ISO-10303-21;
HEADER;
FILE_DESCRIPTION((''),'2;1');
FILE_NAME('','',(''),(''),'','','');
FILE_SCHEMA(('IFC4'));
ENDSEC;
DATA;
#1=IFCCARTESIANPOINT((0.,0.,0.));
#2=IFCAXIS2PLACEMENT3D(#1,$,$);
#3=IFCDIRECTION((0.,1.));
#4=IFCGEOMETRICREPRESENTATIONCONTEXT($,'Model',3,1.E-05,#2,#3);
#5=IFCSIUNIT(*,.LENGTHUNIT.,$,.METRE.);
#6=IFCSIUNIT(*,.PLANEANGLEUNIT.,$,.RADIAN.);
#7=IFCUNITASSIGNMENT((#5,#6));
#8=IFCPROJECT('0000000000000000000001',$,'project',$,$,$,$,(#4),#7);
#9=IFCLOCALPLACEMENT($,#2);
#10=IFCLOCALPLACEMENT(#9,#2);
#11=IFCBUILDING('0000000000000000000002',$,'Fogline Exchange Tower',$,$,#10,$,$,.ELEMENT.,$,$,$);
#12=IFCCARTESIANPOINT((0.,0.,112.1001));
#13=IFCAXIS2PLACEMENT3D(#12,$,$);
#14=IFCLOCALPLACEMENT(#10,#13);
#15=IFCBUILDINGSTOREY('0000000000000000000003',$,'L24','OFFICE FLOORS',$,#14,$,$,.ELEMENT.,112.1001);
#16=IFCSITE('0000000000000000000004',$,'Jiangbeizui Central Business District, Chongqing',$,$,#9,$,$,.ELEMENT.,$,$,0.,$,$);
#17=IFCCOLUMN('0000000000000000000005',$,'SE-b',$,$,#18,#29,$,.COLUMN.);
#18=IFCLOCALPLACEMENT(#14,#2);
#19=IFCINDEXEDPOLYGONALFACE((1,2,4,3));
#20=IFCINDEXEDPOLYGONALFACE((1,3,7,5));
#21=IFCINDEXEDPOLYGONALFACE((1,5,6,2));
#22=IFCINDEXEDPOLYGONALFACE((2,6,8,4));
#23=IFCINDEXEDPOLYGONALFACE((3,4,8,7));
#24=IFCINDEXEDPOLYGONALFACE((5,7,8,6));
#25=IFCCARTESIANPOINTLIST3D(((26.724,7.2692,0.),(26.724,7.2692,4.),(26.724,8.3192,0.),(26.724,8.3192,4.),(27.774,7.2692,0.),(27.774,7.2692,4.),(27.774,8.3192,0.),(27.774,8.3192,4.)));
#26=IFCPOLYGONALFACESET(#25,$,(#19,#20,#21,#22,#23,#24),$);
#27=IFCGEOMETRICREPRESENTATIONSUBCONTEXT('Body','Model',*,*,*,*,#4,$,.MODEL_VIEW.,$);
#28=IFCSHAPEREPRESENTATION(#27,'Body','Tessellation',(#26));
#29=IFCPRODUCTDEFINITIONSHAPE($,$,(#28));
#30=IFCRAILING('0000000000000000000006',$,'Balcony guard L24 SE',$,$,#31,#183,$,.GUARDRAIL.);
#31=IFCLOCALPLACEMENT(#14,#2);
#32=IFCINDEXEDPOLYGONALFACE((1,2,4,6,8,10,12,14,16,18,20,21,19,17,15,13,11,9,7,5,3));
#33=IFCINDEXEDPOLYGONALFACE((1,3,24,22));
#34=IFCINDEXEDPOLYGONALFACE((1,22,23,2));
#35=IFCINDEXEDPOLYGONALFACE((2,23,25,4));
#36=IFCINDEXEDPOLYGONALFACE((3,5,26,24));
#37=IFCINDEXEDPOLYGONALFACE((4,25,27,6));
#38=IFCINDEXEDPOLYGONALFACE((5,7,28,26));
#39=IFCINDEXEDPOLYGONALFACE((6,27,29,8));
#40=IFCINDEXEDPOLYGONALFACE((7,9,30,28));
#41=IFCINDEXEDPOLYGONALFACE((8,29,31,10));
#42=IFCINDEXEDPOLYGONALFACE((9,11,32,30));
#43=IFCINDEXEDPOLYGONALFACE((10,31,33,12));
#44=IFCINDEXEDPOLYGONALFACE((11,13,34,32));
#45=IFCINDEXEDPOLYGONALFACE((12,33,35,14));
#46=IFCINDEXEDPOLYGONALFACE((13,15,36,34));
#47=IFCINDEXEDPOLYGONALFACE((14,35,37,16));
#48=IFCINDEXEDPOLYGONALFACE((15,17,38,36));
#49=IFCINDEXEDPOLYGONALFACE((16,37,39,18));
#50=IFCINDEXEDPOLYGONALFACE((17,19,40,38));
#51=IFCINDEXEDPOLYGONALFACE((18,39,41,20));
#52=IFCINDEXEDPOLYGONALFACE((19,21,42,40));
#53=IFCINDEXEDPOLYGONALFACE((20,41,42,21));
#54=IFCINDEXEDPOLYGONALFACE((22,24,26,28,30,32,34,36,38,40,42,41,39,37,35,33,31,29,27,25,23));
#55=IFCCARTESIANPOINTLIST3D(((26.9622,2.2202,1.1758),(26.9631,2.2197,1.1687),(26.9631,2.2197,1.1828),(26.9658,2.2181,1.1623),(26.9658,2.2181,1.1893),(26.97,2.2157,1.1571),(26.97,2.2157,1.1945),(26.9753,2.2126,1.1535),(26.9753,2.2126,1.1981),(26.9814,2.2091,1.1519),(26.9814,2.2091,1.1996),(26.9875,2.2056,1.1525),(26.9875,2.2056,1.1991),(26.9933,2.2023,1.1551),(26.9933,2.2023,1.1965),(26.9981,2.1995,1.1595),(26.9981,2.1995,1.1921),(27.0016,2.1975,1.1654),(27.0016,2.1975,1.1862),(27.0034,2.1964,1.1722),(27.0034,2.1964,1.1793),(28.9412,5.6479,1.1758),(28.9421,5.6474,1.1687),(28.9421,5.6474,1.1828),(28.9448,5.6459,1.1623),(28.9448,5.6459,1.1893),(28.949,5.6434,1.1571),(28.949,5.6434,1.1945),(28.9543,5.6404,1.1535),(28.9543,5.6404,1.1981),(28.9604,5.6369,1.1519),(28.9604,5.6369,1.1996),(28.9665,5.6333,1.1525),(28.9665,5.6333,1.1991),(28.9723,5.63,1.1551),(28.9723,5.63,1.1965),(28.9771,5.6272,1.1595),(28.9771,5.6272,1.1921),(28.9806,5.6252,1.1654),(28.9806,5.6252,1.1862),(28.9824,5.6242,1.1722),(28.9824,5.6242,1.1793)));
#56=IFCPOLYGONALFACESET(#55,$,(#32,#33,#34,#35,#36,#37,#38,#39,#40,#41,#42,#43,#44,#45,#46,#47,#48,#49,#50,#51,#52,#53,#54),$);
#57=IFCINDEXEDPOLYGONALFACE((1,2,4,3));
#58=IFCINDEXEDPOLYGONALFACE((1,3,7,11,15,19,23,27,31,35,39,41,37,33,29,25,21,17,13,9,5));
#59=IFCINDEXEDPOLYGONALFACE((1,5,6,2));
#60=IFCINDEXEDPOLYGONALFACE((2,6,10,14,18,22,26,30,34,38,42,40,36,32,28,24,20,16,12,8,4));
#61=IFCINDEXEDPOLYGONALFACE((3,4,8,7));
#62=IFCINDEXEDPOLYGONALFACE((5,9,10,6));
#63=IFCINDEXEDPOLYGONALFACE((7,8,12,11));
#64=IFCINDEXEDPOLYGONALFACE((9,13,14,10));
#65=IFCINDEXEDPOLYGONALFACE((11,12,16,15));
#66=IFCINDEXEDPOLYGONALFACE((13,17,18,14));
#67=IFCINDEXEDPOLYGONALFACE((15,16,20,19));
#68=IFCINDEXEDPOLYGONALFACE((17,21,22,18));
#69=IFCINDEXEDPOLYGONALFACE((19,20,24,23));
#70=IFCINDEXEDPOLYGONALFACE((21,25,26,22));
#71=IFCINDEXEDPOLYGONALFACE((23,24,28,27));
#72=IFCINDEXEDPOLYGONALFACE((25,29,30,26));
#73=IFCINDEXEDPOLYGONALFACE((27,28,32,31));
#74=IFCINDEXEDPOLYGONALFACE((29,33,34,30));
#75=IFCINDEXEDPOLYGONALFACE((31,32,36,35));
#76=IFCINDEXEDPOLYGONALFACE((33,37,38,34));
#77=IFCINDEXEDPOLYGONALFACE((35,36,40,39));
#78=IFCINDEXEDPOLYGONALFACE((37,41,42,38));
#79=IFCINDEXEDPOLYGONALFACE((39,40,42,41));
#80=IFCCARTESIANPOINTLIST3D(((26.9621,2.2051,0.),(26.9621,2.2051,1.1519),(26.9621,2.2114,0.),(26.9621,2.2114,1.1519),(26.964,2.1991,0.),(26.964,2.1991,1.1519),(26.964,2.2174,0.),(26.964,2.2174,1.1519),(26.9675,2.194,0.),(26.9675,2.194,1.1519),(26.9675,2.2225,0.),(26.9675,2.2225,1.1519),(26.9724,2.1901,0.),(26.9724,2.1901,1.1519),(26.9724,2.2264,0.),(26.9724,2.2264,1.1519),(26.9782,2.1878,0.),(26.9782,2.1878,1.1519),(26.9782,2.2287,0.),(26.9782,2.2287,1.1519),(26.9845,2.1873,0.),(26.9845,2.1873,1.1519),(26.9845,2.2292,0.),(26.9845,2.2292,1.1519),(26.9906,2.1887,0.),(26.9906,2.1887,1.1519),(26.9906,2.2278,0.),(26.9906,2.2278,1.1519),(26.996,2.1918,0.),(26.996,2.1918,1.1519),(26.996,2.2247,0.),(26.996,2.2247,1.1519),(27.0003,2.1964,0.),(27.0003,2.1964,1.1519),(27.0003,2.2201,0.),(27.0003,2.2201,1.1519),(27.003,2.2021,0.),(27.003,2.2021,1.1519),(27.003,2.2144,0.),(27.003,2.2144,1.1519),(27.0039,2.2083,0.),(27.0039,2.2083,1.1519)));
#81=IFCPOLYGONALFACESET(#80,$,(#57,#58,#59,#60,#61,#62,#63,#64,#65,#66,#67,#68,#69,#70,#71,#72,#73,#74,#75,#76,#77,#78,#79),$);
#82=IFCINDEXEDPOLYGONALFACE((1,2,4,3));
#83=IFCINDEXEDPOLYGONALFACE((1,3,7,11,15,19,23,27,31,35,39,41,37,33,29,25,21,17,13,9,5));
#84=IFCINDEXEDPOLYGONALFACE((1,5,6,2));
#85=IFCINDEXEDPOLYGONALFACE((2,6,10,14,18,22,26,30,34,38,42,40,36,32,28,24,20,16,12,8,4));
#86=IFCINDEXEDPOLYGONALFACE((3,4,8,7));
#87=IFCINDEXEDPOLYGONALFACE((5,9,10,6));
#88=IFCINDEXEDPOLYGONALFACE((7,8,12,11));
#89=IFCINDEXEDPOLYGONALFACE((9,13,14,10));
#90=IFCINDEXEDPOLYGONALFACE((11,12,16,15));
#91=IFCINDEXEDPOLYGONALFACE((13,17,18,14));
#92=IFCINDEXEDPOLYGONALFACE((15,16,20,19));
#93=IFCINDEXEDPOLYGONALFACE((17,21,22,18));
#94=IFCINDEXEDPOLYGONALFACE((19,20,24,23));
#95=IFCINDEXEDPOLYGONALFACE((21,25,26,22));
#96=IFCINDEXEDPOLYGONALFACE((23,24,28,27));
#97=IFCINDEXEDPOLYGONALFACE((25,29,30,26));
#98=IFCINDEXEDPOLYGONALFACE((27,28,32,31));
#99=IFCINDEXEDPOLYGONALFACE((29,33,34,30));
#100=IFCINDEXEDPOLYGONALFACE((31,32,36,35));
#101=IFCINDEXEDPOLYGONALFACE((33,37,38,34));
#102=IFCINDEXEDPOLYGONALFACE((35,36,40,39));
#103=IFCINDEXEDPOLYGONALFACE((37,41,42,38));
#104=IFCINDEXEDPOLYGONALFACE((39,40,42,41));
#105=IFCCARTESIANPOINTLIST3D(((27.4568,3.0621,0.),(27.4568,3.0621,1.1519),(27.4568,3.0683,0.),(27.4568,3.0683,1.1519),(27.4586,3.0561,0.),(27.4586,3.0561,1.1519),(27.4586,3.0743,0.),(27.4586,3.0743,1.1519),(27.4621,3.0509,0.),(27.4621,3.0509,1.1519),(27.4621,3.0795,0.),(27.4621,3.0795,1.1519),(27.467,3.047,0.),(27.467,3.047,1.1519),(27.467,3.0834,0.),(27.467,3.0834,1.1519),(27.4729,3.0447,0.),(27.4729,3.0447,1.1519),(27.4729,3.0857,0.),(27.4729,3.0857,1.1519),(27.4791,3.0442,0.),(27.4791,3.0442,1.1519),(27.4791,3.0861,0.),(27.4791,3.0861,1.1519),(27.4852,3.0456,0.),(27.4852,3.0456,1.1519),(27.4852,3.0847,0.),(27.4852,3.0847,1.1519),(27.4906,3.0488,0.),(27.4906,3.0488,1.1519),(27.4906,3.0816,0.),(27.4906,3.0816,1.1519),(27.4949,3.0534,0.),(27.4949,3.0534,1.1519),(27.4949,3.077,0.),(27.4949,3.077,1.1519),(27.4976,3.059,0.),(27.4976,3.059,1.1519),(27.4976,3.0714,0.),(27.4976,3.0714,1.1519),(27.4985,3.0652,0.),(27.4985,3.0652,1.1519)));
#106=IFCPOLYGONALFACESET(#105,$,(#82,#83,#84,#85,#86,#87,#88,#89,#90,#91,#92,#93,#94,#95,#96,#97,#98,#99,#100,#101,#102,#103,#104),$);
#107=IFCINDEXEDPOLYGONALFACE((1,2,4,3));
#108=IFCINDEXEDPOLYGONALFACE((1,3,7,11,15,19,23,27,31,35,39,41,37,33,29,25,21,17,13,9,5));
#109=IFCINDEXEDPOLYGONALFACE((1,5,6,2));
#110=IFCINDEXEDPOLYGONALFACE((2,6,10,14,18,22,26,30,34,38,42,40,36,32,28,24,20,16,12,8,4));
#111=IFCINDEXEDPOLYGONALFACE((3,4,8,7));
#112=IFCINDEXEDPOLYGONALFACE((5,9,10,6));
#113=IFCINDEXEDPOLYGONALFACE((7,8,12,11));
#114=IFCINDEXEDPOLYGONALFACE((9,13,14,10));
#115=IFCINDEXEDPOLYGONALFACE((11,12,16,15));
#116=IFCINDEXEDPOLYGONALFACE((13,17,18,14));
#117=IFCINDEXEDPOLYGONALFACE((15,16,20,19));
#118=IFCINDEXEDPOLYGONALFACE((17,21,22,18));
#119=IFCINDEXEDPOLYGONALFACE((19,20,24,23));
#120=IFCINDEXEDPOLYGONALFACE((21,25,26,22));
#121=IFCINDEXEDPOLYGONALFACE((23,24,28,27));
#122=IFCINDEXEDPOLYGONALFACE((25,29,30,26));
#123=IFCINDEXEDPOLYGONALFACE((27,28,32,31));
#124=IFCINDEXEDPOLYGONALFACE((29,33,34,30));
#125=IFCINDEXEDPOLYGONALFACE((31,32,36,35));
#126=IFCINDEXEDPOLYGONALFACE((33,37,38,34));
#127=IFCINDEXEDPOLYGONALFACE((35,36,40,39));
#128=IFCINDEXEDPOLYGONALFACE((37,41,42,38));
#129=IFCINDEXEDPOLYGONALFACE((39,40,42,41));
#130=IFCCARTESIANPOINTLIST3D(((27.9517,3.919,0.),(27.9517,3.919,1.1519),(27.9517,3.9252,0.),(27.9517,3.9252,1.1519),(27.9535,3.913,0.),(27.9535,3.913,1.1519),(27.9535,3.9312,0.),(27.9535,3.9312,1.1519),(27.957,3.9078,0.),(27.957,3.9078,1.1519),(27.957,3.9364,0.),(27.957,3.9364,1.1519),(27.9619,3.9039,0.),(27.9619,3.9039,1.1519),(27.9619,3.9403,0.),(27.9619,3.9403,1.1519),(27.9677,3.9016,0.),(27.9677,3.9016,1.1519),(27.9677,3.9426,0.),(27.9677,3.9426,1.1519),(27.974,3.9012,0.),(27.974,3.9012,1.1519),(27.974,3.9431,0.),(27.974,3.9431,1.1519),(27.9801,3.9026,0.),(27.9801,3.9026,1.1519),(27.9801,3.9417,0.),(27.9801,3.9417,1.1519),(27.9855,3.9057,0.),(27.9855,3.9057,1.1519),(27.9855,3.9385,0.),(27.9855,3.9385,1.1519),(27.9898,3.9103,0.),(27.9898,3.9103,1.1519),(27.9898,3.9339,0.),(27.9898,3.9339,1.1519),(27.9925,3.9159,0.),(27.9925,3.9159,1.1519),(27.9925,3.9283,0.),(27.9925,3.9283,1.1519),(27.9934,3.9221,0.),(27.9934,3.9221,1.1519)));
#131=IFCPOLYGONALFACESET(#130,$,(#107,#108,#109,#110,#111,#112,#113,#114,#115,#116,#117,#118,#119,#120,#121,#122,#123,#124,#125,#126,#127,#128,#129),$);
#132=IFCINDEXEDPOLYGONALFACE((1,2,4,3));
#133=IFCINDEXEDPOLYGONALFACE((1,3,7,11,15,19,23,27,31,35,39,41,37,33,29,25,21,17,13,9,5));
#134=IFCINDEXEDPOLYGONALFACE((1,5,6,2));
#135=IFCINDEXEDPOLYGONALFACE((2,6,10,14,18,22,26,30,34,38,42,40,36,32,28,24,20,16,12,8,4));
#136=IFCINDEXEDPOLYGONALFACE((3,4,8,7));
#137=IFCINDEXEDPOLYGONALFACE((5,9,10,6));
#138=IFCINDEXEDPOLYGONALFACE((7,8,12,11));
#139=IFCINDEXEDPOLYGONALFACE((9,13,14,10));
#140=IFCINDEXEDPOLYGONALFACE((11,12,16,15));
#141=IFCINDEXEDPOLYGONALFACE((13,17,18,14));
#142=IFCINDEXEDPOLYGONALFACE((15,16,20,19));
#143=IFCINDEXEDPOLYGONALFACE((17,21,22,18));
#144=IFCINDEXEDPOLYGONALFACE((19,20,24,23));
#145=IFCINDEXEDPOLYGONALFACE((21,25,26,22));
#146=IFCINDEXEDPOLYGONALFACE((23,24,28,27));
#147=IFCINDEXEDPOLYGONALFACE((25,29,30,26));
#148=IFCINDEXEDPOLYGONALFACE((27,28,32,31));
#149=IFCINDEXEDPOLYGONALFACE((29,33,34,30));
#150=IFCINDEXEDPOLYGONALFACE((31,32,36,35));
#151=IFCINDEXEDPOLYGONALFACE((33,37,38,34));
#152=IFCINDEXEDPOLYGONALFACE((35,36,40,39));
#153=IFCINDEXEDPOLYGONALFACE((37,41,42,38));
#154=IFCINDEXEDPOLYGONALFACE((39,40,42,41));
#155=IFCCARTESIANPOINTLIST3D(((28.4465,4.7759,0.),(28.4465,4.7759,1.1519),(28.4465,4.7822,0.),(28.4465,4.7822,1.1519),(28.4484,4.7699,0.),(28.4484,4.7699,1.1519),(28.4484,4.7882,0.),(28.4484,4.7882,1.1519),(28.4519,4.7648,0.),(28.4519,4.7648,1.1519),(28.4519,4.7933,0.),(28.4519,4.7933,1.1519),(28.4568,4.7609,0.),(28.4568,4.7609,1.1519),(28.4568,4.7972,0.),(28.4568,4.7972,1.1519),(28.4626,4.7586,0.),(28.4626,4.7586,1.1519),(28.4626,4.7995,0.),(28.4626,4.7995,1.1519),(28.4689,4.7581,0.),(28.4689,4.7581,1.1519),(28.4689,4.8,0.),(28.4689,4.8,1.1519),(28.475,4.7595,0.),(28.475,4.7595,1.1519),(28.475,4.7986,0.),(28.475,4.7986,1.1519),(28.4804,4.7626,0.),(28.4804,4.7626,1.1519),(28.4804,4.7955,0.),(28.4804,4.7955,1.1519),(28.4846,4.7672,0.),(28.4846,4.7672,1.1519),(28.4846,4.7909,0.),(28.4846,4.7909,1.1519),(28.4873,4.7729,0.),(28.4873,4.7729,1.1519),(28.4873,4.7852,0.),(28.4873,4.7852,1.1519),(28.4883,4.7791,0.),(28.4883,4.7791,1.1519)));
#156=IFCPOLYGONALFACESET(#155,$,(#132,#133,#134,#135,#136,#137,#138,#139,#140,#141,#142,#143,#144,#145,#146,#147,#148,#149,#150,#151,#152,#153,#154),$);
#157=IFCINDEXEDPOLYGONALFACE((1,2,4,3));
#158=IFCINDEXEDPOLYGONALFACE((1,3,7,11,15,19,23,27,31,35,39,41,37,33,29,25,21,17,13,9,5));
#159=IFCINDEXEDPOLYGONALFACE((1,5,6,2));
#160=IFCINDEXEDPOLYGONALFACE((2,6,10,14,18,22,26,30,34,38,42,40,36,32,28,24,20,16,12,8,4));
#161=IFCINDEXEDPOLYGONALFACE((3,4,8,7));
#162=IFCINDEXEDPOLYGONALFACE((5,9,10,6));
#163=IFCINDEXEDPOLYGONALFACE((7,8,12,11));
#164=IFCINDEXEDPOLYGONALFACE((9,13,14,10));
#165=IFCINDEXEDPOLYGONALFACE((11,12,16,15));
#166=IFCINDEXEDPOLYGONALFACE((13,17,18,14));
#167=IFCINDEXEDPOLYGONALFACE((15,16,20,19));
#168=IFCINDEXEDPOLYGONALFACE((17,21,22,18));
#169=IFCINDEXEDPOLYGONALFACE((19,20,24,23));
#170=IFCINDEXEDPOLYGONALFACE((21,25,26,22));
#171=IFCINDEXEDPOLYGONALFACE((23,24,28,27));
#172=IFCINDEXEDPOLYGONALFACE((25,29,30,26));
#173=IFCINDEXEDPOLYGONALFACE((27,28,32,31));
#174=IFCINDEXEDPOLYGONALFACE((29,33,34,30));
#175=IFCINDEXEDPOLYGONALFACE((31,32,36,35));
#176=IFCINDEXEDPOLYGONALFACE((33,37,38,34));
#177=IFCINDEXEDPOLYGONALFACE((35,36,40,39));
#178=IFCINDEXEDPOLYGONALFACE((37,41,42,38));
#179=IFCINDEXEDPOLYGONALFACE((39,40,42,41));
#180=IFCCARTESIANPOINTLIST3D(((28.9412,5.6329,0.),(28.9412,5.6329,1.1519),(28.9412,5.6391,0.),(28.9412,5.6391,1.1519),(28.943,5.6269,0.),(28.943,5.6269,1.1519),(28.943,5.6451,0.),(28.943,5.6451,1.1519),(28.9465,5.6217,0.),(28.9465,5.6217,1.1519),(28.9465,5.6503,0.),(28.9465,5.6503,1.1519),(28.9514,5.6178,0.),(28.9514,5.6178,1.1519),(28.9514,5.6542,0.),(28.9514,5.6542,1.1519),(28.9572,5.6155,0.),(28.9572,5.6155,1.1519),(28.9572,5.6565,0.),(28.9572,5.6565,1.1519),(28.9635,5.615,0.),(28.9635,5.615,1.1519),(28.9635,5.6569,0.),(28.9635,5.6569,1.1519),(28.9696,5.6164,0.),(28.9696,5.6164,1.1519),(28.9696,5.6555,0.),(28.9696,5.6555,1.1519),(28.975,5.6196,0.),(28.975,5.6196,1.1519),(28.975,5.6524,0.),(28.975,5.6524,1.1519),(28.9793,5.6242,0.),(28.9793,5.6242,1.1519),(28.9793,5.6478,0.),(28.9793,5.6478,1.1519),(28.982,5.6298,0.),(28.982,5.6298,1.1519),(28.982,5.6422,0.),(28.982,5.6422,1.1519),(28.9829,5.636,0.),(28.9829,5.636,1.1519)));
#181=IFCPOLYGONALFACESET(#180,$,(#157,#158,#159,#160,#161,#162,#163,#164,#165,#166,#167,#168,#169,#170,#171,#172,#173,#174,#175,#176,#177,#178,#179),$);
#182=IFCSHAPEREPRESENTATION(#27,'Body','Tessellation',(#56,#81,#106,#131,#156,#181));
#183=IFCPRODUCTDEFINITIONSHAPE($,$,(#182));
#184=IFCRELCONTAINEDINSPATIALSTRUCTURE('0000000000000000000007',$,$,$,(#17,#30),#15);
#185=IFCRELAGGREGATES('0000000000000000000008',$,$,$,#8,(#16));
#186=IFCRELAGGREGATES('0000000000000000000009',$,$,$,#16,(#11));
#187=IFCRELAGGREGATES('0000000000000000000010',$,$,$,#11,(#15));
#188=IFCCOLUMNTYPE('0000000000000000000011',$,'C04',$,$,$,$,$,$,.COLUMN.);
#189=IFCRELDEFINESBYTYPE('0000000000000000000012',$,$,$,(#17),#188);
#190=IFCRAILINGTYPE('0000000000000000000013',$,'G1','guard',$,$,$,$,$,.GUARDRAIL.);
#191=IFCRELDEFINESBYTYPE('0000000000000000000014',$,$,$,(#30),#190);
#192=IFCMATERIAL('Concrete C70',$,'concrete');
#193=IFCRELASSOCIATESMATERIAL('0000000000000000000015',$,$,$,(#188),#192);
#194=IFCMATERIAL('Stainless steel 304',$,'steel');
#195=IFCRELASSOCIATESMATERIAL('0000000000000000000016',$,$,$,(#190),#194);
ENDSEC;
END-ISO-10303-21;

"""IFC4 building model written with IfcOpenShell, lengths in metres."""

from ifc_helpers import new_model, si_unit, direction, frame, origin, origin_2d, place, context, subcontext, project, spatial, rectangle, circle, extrude, material, material_profile, profile_set, type_object, element, save


model = new_model("IFC4")

# Units and contexts
model_context = context("Model", 3, precision=1e-05, world=origin(), true_north=direction((0.0, 1.0)))
body_context = subcontext(model_context, "Body", "Model", "MODEL_VIEW")
ifc_project = project(units=[si_unit("LENGTHUNIT", "METRE"), si_unit("PLANEANGLEUNIT", "RADIAN")], contexts=[model_context])

# Site, building, storey
site_placement = place(None, origin())
site = spatial("IfcSite", under=ifc_project, at=site_placement, Name="Jiangbeizui Central Business District, Chongqing", CompositionType="ELEMENT", RefElevation=0.0)
building_placement = place(site_placement, origin())
building = spatial("IfcBuilding", under=site, at=building_placement, Name="Fogline Exchange Tower", CompositionType="ELEMENT")
storey_placement = place(building_placement, frame((0.0, 0.0, 112.1001)))
storey = spatial("IfcBuildingStorey", under=building, at=storey_placement, Name="L24", Description="OFFICE FLOORS", CompositionType="ELEMENT", Elevation=112.1001)

# Column
ifc_material_1 = material(Name="Concrete C70", Category="concrete")
ifc_material_profile = material_profile(ifc_material_1, rectangle(XDim=1.05, YDim=1.05, at=origin_2d()), Name="RC 1050x1050")
ifc_profile_set = profile_set([ifc_material_profile], Name="Concrete C70")
column_type = type_object("IfcColumnType", Name="C04", PredefinedType="COLUMN", material=ifc_profile_set)
column_placement = place(storey_placement, frame((27.249, 7.7942, 0.0), z_axis=(0.0, 0.0, 1.0), x_axis=(1.0, 0.0, 0.0)))
element("IfcColumn", 1, at=column_placement, inside=storey, type_object=column_type, Name="SE-b", PredefinedType="COLUMN", context=body_context, shape_type="SweptSolid", body=[
    extrude(rectangle(XDim=1.05, YDim=1.05, at=origin_2d()), origin(), (0.0, 0.0, 1.0), 4.0),
])

# Railing
ifc_material_2 = material(Name="Stainless steel 304", Category="steel")
railing_type = type_object("IfcRailingType", Name="G1", Description="guard", PredefinedType="GUARDRAIL", material=ifc_material_2)
railing_placement = place(storey_placement, frame((26.9829, 2.2083, 0.0)))
element("IfcRailing", 2, at=railing_placement, inside=storey, type_object=railing_type, Name="Balcony guard L24 SE", PredefinedType="GUARDRAIL", context=body_context, shape_type="SweptSolid", body=[
    extrude(circle(Radius=0.0239, at=origin_2d()), frame((0.0, 0.0, 1.1758), z_axis=(0.5, 0.866025, 0.0), x_axis=(-0.866025, 0.5, 0.0)), (0.0, 0.0, 1.0), 3.958),
    extrude(circle(Radius=0.021, at=origin_2d()), origin(), (0.0, 0.0, 1.0), 1.1519),
    extrude(circle(Radius=0.021, at=origin_2d()), frame((0.4946, 0.8569, 0.0)), (0.0, 0.0, 1.0), 1.1519),
    extrude(circle(Radius=0.021, at=origin_2d()), frame((0.9895, 1.7139, 0.0)), (0.0, 0.0, 1.0), 1.1519),
    extrude(circle(Radius=0.021, at=origin_2d()), frame((1.4844, 2.5708, 0.0)), (0.0, 0.0, 1.0), 1.1519),
    extrude(circle(Radius=0.021, at=origin_2d()), frame((1.979, 3.4277, 0.0)), (0.0, 0.0, 1.0), 1.1519),
])

save(model, "model.ifc")
